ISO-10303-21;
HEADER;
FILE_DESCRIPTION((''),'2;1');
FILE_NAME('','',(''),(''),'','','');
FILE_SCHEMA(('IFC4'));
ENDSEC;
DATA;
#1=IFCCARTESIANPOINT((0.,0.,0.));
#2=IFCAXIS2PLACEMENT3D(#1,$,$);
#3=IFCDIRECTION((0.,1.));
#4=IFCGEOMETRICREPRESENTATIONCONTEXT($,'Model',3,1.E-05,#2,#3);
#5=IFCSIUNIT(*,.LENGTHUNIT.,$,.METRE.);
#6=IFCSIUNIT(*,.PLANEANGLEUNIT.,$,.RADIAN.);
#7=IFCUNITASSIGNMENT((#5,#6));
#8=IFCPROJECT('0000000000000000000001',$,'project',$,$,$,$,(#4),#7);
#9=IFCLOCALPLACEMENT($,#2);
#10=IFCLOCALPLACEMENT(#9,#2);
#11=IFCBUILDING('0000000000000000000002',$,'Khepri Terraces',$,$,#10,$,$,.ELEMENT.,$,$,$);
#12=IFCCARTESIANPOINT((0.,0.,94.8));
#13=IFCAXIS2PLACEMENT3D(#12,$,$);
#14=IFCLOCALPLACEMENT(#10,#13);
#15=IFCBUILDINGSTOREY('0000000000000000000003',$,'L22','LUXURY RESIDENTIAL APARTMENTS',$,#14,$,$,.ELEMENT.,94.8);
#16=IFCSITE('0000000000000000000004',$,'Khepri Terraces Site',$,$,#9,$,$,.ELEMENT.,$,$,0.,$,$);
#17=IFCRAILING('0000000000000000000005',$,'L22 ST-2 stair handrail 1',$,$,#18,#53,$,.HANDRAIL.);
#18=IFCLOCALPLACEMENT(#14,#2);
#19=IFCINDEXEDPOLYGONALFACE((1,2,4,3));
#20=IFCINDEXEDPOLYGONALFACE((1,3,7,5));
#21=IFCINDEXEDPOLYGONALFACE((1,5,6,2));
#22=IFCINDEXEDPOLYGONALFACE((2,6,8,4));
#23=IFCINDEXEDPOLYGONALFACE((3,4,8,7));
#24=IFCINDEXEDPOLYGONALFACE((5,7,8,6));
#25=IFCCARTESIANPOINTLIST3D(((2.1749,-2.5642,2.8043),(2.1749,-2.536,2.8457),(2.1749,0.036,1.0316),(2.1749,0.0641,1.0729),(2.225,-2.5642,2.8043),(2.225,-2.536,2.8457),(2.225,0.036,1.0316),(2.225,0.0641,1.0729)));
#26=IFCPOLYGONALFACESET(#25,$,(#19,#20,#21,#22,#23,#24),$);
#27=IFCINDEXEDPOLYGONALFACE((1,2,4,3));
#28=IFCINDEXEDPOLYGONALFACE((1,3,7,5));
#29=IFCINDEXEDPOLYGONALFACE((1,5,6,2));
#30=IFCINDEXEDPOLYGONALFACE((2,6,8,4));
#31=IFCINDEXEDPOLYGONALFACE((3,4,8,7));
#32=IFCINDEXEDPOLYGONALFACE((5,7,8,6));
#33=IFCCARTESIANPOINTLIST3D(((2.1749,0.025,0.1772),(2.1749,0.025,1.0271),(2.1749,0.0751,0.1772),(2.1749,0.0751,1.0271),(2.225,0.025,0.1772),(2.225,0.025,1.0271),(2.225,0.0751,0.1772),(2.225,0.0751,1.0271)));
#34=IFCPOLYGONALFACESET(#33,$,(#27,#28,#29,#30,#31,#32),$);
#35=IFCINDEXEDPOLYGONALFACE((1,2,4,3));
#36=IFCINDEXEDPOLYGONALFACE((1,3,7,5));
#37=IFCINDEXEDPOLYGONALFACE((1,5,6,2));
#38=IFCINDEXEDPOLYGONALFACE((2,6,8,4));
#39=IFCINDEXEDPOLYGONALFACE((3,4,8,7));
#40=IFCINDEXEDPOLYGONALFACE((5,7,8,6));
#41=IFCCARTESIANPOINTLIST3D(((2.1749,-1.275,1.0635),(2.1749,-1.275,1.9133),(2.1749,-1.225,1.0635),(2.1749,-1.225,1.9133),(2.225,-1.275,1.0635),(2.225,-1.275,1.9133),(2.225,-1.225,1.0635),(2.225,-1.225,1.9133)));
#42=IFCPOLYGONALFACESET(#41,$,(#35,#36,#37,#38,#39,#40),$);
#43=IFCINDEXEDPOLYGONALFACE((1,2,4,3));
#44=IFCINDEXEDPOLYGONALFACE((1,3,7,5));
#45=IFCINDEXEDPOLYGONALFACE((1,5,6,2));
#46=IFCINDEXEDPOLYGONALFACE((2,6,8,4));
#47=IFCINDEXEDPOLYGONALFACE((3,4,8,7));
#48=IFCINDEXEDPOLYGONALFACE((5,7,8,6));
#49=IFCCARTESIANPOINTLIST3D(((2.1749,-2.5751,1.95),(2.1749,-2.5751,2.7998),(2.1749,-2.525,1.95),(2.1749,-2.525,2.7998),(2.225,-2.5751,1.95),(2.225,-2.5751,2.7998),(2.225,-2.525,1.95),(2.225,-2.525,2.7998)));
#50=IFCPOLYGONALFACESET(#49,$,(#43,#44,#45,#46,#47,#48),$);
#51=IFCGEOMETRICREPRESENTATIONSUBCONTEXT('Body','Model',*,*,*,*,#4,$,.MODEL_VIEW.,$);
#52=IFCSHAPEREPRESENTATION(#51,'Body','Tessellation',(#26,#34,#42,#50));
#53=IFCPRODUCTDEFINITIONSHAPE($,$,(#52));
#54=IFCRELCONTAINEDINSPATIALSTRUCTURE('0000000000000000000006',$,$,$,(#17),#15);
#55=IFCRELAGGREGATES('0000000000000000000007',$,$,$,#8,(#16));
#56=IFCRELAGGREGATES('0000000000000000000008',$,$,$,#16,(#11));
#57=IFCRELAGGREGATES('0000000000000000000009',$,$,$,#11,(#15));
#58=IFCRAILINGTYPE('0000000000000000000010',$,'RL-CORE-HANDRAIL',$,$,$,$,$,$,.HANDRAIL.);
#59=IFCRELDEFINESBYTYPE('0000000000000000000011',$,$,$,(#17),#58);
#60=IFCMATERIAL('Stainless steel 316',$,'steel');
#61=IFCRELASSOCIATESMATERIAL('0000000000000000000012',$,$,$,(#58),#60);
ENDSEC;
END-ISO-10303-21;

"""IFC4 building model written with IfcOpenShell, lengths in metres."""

from ifc_helpers import new_model, si_unit, direction, frame, origin, origin_2d, place, context, subcontext, project, spatial, rectangle, extrude, material, type_object, element, save


model = new_model("IFC4")

# Units and contexts
model_context = context("Model", 3, precision=1e-05, world=origin(), true_north=direction((0.0, 1.0)))
body_context = subcontext(model_context, "Body", "Model", "MODEL_VIEW")
ifc_project = project(units=[si_unit("LENGTHUNIT", "METRE"), si_unit("PLANEANGLEUNIT", "RADIAN")], contexts=[model_context])

# Site, building, storey
site_placement = place(None, origin())
site = spatial("IfcSite", under=ifc_project, at=site_placement, Name="Khepri Terraces Site", CompositionType="ELEMENT", RefElevation=0.0)
building_placement = place(site_placement, origin())
building = spatial("IfcBuilding", under=site, at=building_placement, Name="Khepri Terraces", CompositionType="ELEMENT")
storey_placement = place(building_placement, frame((0.0, 0.0, 94.8)))
storey = spatial("IfcBuildingStorey", under=building, at=storey_placement, Name="L22", Description="LUXURY RESIDENTIAL APARTMENTS", CompositionType="ELEMENT", Elevation=94.8)

# Railing
ifc_material_1 = material(Name="Stainless steel 316", Category="steel")
railing_type_1 = type_object("IfcRailingType", Name="RL-CORE-HANDRAIL", PredefinedType="HANDRAIL", material=ifc_material_1)
railing_1_placement = place(storey_placement, frame((2.2, 0.05, 0.1772)))
element("IfcRailing", 1, at=railing_1_placement, inside=storey, type_object=railing_type_1, Name="L22 ST-2 stair handrail 1", PredefinedType="HANDRAIL", context=body_context, shape_type="SweptSolid", body=[
    extrude(rectangle(XDim=0.05, YDim=0.05, at=origin_2d()), frame((0.0, 0.0, 0.875), z_axis=(0.0, -0.82624, 0.563318), x_axis=(1.0, 0.0, 0.0)), (0.0, 0.0, 1.0), 3.147),
    extrude(rectangle(XDim=0.05, YDim=0.05, at=origin_2d()), origin(), (0.0, 0.0, 1.0), 0.8499),
    extrude(rectangle(XDim=0.05, YDim=0.05, at=origin_2d()), frame((0.0, -1.3, 0.8862)), (0.0, 0.0, 1.0), 0.8499),
    extrude(rectangle(XDim=0.05, YDim=0.05, at=origin_2d()), frame((0.0, -2.6001, 1.7727)), (0.0, 0.0, 1.0), 0.8499),
])

save(model, "model.ifc")
